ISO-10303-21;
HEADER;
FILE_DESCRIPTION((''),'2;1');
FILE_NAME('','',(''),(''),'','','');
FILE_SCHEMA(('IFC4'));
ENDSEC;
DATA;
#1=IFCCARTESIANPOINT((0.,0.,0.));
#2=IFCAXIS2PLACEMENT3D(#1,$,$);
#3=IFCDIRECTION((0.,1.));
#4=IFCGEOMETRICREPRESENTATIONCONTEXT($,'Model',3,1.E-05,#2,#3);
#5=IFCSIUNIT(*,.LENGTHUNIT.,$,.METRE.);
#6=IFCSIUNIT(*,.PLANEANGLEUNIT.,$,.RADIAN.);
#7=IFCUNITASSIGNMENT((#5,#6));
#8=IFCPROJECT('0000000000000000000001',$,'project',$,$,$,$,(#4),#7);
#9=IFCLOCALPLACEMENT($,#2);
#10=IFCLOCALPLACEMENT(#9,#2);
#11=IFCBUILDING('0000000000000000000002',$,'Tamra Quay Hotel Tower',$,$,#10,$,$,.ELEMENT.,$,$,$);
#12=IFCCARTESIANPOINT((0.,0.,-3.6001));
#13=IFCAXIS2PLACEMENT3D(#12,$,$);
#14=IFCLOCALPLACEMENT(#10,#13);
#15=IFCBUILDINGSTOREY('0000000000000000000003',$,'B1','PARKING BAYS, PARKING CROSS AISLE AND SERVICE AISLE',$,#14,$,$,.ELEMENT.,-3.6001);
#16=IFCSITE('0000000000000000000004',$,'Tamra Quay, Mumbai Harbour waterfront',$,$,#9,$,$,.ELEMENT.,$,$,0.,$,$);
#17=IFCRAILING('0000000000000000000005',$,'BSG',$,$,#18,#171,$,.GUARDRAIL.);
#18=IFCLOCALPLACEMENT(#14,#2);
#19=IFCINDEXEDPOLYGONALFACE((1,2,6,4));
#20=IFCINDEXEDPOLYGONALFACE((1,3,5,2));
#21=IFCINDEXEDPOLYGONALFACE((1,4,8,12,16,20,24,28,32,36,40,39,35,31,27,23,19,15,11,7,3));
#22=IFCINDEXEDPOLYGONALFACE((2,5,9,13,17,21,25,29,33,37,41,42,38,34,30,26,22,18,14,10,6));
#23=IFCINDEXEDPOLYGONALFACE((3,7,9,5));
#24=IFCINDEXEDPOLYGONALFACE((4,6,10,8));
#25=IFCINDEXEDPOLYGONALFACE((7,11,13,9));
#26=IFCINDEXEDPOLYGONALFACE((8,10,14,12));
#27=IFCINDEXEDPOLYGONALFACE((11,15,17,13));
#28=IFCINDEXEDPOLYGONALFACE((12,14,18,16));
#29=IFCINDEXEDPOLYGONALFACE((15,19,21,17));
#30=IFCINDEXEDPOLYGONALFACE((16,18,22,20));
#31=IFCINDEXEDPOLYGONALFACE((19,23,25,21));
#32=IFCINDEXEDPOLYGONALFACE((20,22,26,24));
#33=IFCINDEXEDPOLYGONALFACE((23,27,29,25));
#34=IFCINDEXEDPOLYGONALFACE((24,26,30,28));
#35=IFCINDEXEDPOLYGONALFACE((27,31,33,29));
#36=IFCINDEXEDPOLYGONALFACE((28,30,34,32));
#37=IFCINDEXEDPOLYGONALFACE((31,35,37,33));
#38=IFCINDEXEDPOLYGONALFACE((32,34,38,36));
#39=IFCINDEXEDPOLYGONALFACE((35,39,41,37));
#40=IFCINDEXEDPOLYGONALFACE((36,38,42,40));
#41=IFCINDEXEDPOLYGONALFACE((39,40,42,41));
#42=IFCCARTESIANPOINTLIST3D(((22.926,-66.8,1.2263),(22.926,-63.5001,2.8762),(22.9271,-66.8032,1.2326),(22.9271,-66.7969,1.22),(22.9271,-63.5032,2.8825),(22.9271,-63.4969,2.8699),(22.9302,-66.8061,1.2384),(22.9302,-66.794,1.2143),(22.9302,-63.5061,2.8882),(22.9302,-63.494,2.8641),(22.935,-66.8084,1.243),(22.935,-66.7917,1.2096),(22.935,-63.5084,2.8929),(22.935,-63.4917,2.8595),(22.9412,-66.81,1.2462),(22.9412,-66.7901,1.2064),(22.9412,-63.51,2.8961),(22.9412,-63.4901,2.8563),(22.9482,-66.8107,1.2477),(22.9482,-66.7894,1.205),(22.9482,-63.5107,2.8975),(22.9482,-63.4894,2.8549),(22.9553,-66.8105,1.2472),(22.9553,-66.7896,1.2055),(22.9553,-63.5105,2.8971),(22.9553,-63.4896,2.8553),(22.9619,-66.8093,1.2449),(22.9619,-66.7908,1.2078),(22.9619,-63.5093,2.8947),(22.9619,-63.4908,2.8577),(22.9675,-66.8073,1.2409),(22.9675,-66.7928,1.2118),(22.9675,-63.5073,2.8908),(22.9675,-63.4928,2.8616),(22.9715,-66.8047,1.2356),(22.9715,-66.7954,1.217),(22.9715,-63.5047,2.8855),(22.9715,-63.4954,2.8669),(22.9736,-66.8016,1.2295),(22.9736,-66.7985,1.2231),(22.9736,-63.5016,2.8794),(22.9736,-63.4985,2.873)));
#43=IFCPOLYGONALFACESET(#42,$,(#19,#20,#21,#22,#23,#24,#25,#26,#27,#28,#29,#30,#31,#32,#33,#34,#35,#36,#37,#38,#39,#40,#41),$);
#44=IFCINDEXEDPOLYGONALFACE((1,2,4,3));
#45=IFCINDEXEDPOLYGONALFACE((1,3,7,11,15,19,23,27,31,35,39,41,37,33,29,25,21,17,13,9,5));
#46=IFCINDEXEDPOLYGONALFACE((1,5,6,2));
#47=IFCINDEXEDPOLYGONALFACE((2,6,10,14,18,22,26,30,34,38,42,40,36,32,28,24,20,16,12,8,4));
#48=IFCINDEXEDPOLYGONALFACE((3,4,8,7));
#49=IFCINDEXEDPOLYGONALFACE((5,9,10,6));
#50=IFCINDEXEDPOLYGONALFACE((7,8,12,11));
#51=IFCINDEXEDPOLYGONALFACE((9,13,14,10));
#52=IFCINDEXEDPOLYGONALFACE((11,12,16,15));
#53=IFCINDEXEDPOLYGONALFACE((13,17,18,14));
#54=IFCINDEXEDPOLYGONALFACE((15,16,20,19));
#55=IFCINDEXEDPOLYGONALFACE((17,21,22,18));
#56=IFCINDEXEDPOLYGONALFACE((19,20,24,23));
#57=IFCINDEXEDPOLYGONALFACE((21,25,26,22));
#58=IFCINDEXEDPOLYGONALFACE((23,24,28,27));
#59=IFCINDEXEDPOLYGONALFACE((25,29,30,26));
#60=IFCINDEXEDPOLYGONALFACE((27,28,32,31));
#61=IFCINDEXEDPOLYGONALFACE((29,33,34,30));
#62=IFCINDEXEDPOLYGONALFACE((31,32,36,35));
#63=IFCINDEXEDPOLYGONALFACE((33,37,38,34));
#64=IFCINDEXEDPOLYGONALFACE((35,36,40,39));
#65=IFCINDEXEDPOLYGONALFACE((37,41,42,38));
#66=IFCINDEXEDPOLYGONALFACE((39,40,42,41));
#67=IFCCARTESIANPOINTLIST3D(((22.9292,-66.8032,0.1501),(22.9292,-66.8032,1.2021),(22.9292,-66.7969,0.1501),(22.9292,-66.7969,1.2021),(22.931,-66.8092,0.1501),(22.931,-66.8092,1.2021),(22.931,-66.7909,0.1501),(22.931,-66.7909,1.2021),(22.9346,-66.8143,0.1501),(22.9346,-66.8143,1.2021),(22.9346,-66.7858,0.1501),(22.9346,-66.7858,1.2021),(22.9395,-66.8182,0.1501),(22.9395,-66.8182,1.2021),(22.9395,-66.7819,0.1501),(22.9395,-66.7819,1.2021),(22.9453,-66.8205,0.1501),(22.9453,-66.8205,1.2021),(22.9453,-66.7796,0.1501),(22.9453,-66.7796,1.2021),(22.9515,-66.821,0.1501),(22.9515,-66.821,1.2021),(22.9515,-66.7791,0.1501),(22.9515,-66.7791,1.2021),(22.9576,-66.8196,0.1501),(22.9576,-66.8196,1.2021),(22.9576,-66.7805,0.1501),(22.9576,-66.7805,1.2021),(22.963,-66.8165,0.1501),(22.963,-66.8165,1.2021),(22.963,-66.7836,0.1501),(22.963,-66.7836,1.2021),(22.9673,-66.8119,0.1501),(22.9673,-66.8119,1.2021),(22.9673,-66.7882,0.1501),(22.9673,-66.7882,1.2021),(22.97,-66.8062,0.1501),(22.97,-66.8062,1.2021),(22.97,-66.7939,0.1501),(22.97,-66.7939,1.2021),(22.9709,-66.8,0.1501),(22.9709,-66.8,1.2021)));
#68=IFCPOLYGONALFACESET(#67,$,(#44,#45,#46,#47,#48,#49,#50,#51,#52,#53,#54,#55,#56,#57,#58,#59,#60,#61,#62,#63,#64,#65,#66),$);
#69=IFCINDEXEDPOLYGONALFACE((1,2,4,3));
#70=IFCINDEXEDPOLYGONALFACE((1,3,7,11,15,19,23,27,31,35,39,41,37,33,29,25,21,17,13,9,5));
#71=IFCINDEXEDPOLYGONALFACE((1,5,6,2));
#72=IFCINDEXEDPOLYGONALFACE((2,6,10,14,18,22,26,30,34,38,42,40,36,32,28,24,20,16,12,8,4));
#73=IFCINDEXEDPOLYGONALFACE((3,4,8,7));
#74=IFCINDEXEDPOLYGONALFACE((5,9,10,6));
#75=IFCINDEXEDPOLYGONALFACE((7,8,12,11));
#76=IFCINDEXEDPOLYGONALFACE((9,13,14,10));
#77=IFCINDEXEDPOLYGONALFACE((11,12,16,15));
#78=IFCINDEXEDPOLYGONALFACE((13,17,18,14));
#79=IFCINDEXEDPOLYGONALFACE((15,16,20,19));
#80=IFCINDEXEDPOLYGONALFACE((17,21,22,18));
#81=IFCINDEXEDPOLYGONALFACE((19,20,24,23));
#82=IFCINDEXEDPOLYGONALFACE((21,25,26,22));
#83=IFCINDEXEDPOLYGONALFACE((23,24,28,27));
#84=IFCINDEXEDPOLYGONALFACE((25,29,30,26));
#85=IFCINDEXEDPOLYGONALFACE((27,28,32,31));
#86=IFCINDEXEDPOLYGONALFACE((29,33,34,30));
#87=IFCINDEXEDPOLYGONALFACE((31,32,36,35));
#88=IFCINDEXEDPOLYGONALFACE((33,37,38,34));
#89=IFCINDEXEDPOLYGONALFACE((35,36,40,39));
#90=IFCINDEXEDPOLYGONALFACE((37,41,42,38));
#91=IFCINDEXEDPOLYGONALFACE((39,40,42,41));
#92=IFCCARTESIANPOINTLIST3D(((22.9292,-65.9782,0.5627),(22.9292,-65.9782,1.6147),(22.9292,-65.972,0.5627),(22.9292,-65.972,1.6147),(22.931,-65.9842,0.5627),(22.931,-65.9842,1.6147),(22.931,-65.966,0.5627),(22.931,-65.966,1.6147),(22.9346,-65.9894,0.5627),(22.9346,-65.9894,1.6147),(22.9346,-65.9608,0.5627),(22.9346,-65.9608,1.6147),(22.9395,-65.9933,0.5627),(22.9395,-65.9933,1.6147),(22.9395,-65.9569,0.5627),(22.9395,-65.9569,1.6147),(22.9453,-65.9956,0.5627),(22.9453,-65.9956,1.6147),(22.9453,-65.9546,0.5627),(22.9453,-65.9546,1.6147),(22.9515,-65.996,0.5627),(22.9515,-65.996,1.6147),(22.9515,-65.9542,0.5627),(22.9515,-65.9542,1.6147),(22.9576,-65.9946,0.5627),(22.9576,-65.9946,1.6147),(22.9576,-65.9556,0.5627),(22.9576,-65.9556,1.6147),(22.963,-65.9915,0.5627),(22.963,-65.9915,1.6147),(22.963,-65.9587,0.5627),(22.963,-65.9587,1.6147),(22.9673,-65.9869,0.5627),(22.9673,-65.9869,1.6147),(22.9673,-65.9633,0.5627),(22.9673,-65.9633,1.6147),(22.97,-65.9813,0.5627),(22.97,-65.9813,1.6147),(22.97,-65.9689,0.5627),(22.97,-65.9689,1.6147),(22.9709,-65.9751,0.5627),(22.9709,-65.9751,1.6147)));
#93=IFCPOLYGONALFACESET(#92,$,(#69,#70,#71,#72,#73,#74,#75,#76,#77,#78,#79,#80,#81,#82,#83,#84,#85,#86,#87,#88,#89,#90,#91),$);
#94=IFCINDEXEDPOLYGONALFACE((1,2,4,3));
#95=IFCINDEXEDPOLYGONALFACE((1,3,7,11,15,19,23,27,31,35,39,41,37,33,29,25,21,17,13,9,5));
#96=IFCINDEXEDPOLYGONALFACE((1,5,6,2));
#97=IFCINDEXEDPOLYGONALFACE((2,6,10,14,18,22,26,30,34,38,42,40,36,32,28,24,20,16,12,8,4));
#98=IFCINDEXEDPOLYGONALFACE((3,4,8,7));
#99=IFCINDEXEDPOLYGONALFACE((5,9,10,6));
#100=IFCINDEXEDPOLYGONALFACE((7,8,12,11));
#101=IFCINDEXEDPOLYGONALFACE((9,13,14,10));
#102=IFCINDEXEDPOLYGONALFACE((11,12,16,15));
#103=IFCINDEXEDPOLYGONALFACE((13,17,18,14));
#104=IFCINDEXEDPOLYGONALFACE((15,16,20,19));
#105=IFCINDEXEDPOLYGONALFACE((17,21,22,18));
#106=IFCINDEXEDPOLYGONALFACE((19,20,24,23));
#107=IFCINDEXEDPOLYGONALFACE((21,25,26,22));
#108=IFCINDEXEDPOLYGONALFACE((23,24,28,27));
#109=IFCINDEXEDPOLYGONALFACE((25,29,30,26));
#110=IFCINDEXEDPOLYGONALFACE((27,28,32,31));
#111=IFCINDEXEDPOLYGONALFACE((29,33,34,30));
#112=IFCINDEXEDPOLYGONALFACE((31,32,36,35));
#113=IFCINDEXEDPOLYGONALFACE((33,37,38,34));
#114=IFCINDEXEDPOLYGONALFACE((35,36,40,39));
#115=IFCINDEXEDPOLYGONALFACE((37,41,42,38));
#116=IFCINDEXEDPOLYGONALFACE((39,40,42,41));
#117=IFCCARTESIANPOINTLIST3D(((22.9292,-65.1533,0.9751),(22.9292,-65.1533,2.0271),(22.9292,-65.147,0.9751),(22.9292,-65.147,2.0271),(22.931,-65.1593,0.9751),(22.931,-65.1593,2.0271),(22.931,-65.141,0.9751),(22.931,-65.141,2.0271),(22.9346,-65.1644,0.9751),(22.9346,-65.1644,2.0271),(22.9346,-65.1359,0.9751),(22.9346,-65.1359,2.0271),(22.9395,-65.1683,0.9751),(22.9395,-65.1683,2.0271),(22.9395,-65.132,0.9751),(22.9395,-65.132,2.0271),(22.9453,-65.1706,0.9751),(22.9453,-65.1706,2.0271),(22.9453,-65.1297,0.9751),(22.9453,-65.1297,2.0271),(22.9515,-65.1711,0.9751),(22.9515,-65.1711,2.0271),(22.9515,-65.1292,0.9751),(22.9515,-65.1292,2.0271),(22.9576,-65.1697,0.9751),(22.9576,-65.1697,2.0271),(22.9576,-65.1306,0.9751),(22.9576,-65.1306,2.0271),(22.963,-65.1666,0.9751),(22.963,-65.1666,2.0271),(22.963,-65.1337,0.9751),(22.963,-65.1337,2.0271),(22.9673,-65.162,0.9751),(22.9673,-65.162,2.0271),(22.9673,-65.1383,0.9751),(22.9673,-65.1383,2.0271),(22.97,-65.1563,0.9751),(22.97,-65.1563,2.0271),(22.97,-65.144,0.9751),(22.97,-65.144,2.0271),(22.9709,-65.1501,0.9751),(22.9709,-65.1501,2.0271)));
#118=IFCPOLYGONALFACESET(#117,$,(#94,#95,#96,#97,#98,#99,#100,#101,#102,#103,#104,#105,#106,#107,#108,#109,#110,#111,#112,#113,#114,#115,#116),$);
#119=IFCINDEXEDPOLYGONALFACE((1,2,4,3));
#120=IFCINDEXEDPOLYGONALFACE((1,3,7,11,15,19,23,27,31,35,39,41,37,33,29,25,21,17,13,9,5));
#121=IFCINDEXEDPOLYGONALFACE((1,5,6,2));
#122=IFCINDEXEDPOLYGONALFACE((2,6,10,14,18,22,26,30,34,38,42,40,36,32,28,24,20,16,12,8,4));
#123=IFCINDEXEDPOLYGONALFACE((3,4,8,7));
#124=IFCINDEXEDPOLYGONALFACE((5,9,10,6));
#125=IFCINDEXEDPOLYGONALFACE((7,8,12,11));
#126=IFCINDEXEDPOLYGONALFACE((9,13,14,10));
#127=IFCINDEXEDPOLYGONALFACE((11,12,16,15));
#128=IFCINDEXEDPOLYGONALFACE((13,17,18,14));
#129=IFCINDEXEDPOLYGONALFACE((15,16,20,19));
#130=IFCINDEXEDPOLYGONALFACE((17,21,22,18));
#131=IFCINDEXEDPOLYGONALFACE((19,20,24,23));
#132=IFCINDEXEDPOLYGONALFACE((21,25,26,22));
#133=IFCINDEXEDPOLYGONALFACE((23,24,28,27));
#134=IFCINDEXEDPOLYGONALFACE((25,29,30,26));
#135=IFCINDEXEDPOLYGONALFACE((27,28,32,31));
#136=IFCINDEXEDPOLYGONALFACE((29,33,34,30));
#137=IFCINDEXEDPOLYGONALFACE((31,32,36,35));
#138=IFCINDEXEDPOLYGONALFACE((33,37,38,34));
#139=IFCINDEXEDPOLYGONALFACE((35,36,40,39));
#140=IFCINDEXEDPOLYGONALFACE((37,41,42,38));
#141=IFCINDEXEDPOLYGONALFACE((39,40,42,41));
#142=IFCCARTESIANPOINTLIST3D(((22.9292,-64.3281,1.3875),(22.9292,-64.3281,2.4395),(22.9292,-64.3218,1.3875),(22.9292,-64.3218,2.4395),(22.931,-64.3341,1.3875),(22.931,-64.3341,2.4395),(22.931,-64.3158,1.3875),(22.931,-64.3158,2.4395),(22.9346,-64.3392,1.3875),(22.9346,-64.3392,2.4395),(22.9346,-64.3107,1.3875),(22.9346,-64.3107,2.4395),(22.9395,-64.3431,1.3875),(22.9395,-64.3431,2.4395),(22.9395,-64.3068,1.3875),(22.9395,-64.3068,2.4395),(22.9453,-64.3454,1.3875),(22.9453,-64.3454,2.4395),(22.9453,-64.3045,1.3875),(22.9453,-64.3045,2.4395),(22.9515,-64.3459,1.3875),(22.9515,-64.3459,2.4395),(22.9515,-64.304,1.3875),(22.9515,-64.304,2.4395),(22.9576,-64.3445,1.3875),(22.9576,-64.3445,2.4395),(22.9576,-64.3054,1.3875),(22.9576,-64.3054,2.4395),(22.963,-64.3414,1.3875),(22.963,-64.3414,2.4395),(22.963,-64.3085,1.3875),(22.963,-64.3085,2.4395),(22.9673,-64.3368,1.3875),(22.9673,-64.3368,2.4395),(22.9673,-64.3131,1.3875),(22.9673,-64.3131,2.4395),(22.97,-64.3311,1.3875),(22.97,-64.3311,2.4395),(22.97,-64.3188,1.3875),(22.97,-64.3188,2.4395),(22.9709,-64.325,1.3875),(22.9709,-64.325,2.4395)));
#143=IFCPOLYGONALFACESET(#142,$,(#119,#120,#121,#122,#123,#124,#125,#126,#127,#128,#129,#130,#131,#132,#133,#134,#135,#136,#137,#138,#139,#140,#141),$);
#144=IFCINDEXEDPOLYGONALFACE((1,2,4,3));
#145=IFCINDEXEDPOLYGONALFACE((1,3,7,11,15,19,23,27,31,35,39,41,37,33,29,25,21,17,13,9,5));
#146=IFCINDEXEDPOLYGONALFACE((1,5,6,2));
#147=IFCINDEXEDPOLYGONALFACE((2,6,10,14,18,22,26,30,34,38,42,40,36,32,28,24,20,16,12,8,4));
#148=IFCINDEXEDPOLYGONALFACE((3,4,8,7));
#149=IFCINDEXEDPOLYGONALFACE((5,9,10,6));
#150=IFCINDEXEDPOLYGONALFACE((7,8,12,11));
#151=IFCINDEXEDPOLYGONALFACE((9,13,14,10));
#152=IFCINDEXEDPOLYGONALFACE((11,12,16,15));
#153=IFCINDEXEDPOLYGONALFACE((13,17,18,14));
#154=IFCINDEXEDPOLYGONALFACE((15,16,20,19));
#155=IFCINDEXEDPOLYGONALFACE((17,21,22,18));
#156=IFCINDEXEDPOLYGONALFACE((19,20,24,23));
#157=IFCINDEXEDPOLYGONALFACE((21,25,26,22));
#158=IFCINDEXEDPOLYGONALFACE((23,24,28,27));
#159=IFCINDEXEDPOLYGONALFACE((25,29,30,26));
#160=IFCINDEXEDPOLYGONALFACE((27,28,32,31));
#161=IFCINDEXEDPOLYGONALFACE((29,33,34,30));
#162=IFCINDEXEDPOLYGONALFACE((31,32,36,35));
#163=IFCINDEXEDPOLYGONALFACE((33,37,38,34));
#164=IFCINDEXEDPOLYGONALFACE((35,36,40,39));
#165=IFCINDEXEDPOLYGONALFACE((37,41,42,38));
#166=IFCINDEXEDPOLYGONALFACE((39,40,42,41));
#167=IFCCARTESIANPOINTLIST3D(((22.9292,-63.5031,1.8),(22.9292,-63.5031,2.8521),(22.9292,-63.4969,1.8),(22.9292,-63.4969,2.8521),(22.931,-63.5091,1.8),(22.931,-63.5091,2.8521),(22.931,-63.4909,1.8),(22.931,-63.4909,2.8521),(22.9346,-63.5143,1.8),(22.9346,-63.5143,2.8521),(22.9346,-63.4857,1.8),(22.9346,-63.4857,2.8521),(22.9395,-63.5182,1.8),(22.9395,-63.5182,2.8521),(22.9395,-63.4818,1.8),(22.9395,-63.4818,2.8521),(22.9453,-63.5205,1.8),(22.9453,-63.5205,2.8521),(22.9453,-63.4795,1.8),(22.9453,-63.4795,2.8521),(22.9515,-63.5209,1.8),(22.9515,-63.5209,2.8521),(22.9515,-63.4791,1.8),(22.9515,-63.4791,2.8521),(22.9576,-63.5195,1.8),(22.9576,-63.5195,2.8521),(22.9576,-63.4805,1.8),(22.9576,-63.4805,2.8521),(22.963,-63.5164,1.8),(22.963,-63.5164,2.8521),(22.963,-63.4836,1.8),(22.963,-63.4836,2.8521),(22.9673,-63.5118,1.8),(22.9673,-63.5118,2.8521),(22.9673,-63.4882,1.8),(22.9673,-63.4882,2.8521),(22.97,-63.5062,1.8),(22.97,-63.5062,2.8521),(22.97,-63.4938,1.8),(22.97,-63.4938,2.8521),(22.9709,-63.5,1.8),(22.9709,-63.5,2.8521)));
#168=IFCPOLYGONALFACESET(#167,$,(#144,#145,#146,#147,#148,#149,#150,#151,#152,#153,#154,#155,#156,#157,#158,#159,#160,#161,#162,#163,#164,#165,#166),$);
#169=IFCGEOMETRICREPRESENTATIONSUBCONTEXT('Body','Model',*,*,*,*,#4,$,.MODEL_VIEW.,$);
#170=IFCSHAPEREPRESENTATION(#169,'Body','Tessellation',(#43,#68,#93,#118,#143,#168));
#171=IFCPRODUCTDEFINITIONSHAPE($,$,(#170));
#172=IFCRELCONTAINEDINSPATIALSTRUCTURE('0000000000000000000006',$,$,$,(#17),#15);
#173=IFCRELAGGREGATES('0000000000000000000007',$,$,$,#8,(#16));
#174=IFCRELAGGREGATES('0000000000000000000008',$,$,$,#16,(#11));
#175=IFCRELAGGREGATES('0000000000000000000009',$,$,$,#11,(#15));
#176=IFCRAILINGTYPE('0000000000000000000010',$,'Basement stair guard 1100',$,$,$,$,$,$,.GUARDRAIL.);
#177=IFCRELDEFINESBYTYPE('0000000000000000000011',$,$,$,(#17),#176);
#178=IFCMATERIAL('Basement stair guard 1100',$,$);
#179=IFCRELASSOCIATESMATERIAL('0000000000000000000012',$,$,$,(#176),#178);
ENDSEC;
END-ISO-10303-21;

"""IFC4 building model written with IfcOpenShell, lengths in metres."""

from ifc_helpers import new_model, si_unit, direction, frame, origin, origin_2d, place, context, subcontext, project, spatial, circle, extrude, material, type_object, element, save


model = new_model("IFC4")

# Units and contexts
model_context = context("Model", 3, precision=1e-05, world=origin(), true_north=direction((0.0, 1.0)))
body_context = subcontext(model_context, "Body", "Model", "MODEL_VIEW")
ifc_project = project(units=[si_unit("LENGTHUNIT", "METRE"), si_unit("PLANEANGLEUNIT", "RADIAN")], contexts=[model_context])

# Site, building, storey
site_placement = place(None, origin())
site = spatial("IfcSite", under=ifc_project, at=site_placement, Name="Tamra Quay, Mumbai Harbour waterfront", CompositionType="ELEMENT", RefElevation=0.0)
building_placement = place(site_placement, origin())
building = spatial("IfcBuilding", under=site, at=building_placement, Name="Tamra Quay Hotel Tower", CompositionType="ELEMENT")
storey_placement = place(building_placement, frame((0.0, 0.0, -3.6001)))
storey = spatial("IfcBuildingStorey", under=building, at=storey_placement, Name="B1", Description="PARKING BAYS, PARKING CROSS AISLE AND SERVICE AISLE", CompositionType="ELEMENT", Elevation=-3.6001)

# Railing
ifc_material_1 = material(Name="Basement stair guard 1100")
railing_type_1 = type_object("IfcRailingType", Name="Basement stair guard 1100", PredefinedType="GUARDRAIL", material=ifc_material_1)
railing_1_placement = place(storey_placement, frame((22.95, -66.8, 0.1501)))
element("IfcRailing", 1, at=railing_1_placement, inside=storey, type_object=railing_type_1, Name="BSG", PredefinedType="GUARDRAIL", context=body_context, shape_type="SweptSolid", body=[
    extrude(circle(Radius=0.0239, at=origin_2d()), frame((0.0, 0.0, 1.0762), z_axis=(0.0, 0.89444, 0.447187), x_axis=(-1.0, 0.0, 0.0)), (0.0, 0.0, 1.0), 3.6895),
    extrude(circle(Radius=0.021, at=origin_2d()), origin(), (0.0, 0.0, 1.0), 1.052),
    extrude(circle(Radius=0.021, at=origin_2d()), frame((0.0, 0.825, 0.4126)), (0.0, 0.0, 1.0), 1.052),
    extrude(circle(Radius=0.021, at=origin_2d()), frame((0.0, 1.6499, 0.825)), (0.0, 0.0, 1.0), 1.052),
    extrude(circle(Radius=0.021, at=origin_2d()), frame((0.0, 2.4751, 1.2373)), (0.0, 0.0, 1.0), 1.052),
    extrude(circle(Radius=0.021, at=origin_2d()), frame((0.0, 3.3, 1.6499)), (0.0, 0.0, 1.0), 1.052),
])

save(model, "model.ifc")
